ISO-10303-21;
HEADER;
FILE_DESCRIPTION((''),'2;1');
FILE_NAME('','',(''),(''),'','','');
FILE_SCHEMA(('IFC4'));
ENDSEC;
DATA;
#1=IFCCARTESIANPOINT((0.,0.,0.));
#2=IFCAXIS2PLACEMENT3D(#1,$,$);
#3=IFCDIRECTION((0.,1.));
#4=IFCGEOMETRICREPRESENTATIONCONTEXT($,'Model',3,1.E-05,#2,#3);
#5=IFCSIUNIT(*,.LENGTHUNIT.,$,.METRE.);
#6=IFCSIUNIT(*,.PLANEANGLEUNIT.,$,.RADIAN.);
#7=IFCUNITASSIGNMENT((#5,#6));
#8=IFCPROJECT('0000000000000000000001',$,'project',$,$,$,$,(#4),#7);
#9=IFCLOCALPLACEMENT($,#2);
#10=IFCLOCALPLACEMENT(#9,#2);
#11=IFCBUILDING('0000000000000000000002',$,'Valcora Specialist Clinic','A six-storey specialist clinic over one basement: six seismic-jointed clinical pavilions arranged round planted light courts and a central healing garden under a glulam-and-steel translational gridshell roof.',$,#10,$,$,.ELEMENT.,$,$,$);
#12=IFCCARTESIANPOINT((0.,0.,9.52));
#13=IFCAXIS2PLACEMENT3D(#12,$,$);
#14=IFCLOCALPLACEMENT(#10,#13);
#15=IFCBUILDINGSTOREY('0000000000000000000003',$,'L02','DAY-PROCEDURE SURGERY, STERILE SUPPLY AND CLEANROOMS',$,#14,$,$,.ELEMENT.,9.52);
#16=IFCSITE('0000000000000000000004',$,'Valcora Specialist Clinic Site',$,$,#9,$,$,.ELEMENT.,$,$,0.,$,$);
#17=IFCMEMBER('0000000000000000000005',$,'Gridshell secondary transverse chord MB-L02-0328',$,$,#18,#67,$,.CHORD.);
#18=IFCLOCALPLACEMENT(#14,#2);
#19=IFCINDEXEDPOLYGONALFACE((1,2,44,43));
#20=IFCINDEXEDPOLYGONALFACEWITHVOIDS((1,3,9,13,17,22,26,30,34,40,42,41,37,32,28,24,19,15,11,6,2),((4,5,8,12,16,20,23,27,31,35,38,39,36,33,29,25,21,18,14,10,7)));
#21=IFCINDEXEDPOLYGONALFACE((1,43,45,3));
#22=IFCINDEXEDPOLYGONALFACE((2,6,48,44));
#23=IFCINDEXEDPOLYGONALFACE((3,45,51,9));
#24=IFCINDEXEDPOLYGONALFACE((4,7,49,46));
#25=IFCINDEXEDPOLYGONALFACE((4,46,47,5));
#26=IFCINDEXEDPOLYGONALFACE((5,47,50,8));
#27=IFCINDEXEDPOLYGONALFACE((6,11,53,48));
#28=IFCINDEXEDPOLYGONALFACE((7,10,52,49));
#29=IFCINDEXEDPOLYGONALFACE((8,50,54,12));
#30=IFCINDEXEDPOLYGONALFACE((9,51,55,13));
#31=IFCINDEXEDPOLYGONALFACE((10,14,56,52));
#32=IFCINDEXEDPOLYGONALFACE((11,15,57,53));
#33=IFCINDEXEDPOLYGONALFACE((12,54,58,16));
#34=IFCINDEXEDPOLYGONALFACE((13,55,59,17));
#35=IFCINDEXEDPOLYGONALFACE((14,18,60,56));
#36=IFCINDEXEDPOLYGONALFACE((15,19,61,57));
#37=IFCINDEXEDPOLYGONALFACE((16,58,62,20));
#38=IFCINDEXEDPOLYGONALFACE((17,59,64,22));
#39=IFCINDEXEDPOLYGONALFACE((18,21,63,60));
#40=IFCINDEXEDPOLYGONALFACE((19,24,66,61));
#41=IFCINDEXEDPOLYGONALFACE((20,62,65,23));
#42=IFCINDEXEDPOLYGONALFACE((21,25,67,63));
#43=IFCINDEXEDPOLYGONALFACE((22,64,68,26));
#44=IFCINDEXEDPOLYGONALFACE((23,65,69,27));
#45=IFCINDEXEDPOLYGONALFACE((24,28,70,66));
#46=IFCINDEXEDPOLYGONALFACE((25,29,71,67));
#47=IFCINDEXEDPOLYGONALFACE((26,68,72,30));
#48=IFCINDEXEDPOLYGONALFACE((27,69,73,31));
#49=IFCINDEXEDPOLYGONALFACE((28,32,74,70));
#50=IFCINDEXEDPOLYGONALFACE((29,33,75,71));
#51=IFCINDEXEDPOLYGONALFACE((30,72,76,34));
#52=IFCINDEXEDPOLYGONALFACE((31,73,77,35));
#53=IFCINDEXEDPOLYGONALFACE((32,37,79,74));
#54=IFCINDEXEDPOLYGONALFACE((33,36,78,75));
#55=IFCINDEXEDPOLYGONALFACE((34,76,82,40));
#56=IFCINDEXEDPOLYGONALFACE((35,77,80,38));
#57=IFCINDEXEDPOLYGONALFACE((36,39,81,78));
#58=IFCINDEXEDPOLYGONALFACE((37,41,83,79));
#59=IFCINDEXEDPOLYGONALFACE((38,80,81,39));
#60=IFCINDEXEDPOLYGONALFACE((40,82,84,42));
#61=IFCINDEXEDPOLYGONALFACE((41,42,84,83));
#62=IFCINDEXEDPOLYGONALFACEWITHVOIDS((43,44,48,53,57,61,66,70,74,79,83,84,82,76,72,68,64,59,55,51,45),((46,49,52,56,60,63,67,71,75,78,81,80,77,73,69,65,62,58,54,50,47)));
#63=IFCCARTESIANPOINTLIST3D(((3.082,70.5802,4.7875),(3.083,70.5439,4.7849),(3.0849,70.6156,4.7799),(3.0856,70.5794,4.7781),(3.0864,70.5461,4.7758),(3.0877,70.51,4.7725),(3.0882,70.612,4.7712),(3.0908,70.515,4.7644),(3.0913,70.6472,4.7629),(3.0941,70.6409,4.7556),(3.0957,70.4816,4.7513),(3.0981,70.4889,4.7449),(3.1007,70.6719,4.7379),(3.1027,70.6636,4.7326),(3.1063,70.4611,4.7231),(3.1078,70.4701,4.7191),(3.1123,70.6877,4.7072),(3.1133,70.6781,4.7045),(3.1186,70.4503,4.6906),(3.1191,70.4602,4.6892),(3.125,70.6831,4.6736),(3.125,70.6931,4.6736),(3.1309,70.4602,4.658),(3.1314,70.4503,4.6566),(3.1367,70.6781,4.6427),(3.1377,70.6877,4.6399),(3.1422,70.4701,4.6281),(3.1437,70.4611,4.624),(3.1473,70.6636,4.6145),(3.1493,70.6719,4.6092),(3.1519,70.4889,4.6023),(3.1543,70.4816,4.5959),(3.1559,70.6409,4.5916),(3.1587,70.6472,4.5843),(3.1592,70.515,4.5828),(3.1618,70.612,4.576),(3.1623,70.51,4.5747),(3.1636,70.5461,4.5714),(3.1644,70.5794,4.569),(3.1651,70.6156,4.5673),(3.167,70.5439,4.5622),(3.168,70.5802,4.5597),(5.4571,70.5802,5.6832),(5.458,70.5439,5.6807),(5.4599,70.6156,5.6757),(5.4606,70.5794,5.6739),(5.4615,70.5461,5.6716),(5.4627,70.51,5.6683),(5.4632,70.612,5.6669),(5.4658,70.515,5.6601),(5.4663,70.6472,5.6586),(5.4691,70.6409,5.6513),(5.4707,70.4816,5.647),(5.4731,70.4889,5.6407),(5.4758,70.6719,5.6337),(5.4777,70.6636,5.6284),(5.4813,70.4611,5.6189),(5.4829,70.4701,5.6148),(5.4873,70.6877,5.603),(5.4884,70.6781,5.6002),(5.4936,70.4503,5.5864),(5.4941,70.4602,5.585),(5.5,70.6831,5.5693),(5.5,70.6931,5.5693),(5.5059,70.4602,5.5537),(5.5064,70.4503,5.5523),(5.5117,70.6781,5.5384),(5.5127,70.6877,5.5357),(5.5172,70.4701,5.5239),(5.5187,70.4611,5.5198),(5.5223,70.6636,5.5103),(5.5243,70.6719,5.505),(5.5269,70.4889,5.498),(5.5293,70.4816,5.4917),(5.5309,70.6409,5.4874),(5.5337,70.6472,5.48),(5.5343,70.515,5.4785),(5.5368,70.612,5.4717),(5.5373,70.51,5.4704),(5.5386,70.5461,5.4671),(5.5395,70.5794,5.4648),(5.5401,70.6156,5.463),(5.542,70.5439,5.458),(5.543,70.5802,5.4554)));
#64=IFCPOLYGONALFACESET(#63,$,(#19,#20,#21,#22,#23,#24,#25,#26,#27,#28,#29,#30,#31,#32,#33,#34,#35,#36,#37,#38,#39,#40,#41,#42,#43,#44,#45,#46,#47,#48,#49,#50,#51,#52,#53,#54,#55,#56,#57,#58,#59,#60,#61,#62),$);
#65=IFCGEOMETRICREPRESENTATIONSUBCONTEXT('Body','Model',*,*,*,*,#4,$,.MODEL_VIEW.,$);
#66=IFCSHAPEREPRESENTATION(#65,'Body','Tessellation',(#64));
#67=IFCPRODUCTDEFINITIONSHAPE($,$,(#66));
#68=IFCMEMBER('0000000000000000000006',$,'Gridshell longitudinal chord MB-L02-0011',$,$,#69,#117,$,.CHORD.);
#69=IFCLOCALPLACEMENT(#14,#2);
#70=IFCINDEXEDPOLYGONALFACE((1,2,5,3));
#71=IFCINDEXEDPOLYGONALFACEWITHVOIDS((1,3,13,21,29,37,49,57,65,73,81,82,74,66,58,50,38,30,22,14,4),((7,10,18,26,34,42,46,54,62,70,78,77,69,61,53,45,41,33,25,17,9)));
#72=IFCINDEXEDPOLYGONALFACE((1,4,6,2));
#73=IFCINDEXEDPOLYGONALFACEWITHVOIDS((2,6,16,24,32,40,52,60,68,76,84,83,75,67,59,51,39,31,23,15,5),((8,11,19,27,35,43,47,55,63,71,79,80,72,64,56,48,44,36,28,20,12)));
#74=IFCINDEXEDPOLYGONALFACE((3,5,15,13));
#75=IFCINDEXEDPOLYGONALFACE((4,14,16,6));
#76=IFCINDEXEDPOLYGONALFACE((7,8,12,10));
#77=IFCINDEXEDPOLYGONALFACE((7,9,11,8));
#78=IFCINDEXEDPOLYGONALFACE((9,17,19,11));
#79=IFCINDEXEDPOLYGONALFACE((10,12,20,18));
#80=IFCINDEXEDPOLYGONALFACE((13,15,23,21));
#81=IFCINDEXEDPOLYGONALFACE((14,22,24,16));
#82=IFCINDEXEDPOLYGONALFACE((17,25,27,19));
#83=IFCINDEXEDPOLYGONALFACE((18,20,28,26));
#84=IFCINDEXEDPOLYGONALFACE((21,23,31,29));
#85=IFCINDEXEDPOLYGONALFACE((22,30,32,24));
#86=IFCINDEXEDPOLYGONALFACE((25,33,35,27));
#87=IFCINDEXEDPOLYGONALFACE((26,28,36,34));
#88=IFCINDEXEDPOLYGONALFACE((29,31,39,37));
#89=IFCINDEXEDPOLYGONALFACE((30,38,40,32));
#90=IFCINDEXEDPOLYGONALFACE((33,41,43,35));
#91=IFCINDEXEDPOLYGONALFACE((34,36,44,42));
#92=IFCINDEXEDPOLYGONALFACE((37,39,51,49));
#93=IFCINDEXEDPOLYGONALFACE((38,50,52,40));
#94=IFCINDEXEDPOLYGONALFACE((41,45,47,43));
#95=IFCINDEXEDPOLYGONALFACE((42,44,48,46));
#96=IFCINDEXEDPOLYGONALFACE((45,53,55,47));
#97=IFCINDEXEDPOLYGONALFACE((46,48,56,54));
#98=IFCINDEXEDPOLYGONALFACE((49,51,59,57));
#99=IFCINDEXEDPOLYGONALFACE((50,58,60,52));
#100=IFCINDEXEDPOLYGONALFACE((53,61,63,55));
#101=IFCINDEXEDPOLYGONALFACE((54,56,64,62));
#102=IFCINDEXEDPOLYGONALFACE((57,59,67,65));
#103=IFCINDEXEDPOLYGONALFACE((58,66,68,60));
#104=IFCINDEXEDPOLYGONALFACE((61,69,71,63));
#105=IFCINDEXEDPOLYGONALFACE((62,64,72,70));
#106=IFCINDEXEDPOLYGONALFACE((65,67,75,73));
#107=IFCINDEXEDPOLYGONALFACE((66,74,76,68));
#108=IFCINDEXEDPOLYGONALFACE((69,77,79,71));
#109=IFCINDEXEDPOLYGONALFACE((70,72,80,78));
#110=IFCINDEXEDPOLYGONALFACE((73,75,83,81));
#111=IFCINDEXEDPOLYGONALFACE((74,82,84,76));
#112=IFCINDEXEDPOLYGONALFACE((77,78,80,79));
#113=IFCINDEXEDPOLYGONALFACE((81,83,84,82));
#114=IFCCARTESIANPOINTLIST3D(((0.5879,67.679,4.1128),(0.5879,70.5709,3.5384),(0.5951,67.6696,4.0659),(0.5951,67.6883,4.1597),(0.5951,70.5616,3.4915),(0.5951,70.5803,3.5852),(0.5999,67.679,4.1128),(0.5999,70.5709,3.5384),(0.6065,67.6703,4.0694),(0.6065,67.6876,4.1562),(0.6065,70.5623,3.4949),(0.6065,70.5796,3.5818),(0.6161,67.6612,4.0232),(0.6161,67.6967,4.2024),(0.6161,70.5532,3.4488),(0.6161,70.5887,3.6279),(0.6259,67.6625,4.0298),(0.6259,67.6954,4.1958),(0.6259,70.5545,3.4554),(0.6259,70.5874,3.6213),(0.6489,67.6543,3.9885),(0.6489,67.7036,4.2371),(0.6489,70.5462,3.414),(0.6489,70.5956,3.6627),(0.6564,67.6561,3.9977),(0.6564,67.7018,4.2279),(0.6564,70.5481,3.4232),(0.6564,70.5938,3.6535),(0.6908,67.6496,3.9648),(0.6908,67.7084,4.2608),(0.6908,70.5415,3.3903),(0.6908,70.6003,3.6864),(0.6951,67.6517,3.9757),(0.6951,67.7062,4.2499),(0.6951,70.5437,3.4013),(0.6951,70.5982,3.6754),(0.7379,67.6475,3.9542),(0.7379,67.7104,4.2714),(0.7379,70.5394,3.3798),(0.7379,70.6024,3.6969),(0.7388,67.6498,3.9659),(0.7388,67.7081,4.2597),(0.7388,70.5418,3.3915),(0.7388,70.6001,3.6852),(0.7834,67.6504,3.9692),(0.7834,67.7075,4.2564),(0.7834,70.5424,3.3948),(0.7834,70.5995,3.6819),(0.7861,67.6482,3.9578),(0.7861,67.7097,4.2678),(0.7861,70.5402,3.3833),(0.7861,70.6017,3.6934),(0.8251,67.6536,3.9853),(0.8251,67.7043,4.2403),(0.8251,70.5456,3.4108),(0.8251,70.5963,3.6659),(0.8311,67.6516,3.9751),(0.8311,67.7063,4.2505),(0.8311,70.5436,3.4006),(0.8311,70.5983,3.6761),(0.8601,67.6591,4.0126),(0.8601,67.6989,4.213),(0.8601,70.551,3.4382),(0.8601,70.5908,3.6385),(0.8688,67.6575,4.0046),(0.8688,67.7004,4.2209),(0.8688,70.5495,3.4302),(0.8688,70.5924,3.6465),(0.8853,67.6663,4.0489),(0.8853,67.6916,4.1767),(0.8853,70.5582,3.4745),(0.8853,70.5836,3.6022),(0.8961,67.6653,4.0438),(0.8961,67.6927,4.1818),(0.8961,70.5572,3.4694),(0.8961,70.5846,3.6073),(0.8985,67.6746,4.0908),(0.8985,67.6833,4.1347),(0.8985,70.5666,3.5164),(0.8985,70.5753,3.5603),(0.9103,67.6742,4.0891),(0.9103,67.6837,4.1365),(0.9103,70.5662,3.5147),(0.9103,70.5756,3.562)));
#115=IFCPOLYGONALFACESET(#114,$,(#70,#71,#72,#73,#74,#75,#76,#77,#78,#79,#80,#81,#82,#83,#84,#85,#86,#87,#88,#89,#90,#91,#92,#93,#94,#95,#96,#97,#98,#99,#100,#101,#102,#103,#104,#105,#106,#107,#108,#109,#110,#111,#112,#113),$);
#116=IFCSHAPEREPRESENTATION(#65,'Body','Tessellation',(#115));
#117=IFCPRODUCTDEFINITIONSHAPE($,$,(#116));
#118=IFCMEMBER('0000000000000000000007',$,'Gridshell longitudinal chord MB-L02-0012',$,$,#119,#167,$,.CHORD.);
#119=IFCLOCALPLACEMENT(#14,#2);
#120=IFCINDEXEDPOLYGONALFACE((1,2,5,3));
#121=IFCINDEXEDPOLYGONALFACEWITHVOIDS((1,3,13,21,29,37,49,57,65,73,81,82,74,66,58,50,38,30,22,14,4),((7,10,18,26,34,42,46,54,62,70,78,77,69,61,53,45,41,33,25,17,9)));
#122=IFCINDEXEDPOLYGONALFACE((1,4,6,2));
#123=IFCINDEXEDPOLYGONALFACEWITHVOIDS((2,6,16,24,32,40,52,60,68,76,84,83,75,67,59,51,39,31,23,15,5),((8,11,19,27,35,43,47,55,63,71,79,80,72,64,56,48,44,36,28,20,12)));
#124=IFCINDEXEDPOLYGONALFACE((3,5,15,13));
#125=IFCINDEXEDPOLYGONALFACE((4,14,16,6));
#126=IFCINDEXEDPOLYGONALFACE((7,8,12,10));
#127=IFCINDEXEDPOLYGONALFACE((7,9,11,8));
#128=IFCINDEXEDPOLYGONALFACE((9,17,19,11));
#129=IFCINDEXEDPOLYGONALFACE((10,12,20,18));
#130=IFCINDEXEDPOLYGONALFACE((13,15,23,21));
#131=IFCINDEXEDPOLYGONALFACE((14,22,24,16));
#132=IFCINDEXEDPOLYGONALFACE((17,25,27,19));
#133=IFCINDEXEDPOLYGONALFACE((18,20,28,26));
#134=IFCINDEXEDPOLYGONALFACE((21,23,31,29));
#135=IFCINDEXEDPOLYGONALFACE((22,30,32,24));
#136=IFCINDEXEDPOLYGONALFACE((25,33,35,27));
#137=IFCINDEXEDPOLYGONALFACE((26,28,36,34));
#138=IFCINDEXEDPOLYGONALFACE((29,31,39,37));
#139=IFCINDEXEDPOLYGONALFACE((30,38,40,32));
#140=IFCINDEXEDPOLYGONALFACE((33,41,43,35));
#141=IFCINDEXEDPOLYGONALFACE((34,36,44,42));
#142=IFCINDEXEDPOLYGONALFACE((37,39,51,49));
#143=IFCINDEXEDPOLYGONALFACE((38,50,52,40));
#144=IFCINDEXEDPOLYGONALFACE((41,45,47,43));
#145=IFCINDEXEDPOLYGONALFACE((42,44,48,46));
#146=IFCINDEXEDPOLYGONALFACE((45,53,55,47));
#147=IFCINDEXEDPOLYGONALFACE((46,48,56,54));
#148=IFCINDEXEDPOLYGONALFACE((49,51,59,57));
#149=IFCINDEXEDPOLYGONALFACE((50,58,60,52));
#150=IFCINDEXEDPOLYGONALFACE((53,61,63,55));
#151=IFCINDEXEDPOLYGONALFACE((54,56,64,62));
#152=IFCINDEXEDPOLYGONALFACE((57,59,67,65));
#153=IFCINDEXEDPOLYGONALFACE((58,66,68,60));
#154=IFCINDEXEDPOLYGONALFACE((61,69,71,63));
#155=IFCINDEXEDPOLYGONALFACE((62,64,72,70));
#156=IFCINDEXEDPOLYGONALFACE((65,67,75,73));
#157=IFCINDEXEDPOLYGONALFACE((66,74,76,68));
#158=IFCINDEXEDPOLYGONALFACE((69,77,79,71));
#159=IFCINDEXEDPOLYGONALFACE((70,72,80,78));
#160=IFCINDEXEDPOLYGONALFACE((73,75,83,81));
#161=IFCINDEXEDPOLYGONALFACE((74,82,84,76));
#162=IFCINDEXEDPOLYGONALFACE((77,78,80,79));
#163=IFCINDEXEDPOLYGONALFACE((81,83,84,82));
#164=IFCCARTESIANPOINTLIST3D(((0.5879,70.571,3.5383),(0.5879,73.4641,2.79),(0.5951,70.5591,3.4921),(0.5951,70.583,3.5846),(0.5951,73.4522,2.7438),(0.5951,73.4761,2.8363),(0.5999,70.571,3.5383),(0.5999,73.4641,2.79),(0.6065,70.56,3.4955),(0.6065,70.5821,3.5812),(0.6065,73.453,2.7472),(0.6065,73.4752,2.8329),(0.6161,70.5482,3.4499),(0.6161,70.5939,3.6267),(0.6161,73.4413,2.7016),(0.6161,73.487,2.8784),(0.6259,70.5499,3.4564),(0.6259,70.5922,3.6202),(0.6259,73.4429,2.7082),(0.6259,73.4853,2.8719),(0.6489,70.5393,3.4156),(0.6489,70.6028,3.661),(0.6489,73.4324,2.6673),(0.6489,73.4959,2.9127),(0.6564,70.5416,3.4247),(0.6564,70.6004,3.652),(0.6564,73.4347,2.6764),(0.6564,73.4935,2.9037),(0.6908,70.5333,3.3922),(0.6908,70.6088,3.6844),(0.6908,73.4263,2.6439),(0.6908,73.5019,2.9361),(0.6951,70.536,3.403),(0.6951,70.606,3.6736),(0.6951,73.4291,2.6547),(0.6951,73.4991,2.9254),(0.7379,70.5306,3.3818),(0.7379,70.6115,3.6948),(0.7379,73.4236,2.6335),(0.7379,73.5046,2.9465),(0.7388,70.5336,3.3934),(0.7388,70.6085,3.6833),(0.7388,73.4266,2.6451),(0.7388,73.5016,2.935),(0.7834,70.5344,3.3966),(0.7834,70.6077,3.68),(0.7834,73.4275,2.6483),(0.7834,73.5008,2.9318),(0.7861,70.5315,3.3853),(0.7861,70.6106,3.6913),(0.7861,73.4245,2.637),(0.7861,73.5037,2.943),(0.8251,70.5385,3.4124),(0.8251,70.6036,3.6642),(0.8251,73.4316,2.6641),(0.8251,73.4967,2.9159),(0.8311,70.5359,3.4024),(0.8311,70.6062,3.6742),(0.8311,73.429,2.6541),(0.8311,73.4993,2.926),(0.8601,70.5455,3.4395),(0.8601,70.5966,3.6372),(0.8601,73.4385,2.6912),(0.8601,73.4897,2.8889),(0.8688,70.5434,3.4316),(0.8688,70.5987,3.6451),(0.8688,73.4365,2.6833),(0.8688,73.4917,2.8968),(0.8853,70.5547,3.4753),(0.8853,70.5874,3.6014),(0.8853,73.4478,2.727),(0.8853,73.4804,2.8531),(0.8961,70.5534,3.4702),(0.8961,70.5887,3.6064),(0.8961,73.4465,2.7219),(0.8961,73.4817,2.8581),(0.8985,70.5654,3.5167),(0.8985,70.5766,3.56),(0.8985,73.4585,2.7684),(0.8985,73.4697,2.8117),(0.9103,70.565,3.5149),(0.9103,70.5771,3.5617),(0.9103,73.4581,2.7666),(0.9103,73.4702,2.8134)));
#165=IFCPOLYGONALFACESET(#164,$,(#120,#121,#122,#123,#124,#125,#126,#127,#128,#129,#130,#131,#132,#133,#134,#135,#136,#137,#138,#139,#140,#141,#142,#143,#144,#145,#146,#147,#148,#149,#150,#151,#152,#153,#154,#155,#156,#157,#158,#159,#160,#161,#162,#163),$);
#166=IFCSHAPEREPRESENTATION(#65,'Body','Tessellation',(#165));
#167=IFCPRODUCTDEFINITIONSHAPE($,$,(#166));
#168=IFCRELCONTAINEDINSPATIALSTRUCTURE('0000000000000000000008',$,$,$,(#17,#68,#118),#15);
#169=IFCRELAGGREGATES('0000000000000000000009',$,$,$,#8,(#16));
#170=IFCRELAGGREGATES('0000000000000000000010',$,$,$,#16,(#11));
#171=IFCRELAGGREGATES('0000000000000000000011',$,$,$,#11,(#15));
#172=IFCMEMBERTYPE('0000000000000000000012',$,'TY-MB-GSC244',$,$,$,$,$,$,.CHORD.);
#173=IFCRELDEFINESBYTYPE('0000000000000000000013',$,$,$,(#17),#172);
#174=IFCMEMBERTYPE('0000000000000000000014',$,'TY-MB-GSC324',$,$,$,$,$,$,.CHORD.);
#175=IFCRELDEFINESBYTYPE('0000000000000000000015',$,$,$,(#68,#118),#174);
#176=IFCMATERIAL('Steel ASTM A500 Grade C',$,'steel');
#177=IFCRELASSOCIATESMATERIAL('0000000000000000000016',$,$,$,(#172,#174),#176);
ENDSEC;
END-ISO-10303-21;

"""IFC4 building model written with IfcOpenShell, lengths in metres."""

from ifc_helpers import new_model, si_unit, direction, frame, origin, origin_2d, place, context, subcontext, project, spatial, hollow_circle, extrude, material, material_profile, profile_set, type_object, element, save


model = new_model("IFC4")

# Units and contexts
model_context = context("Model", 3, precision=1e-05, world=origin(), true_north=direction((0.0, 1.0)))
body_context = subcontext(model_context, "Body", "Model", "MODEL_VIEW")
ifc_project = project(units=[si_unit("LENGTHUNIT", "METRE"), si_unit("PLANEANGLEUNIT", "RADIAN")], contexts=[model_context])

# Site, building, storey
site_placement = place(None, origin())
site = spatial("IfcSite", under=ifc_project, at=site_placement, Name="Valcora Specialist Clinic Site", CompositionType="ELEMENT", RefElevation=0.0)
building_placement = place(site_placement, origin())
building = spatial("IfcBuilding", under=site, at=building_placement, Name="Valcora Specialist Clinic", Description="A six-storey specialist clinic over one basement: six seismic-jointed clinical pavilions arranged round planted light courts and a central healing garden under a glulam-and-steel translational gridshell roof.", CompositionType="ELEMENT")
storey_placement = place(building_placement, frame((0.0, 0.0, 9.52)))
storey = spatial("IfcBuildingStorey", under=building, at=storey_placement, Name="L02", Description="DAY-PROCEDURE SURGERY, STERILE SUPPLY AND CLEANROOMS", CompositionType="ELEMENT", Elevation=9.52)

# Members
ifc_material_1 = material(Name="Steel ASTM A500 Grade C", Category="steel")
ifc_material_profile_1 = material_profile(ifc_material_1, hollow_circle(Radius=0.1221, WallThickness=0.01, at=origin_2d()), Name="ST-CHS-244X10")
ifc_profile_set_1 = profile_set([ifc_material_profile_1], Name="Steel ASTM A500 Grade C")
member_type_1 = type_object("IfcMemberType", Name="TY-MB-GSC244", PredefinedType="CHORD", material=ifc_profile_set_1)
member_1_placement = place(storey_placement, frame((3.125, 70.571, 4.6736), z_axis=(0.935663, 0.0, 0.352894), x_axis=(0.0, 1.0, 0.0)))
element("IfcMember", 1, at=member_1_placement, inside=storey, type_object=member_type_1, Name="Gridshell secondary transverse chord MB-L02-0328", PredefinedType="CHORD", context=body_context, shape_type="SweptSolid", body=[
    extrude(hollow_circle(Radius=0.1221, WallThickness=0.01, at=origin_2d()), origin(), (0.0, 0.0, 1.0), 2.5383),
])
ifc_material_profile_2 = material_profile(ifc_material_1, hollow_circle(Radius=0.1621, WallThickness=0.012, at=origin_2d()), Name="ST-CHS-324X12")
ifc_profile_set_2 = profile_set([ifc_material_profile_2], Name="Steel ASTM A500 Grade C")
member_type_2 = type_object("IfcMemberType", Name="TY-MB-GSC324", PredefinedType="CHORD", material=ifc_profile_set_2)
member_2_placement = place(storey_placement, frame((0.75, 67.679, 4.1128), z_axis=(0.0, 0.980838, -0.194826), x_axis=(-1.0, 0.0, 0.0)))
element("IfcMember", 2, at=member_2_placement, inside=storey, type_object=member_type_2, Name="Gridshell longitudinal chord MB-L02-0011", PredefinedType="CHORD", context=body_context, shape_type="SweptSolid", body=[
    extrude(hollow_circle(Radius=0.1621, WallThickness=0.012, at=origin_2d()), origin(), (0.0, 0.0, 1.0), 2.9485),
])
member_3_placement = place(storey_placement, frame((0.75, 70.571, 3.5383), z_axis=(0.0, 0.96814, -0.250409), x_axis=(-1.0, 0.0, 0.0)))
element("IfcMember", 3, at=member_3_placement, inside=storey, type_object=member_type_2, Name="Gridshell longitudinal chord MB-L02-0012", PredefinedType="CHORD", context=body_context, shape_type="SweptSolid", body=[
    extrude(hollow_circle(Radius=0.1621, WallThickness=0.012, at=origin_2d()), origin(), (0.0, 0.0, 1.0), 2.9883),
])

save(model, "model.ifc")
